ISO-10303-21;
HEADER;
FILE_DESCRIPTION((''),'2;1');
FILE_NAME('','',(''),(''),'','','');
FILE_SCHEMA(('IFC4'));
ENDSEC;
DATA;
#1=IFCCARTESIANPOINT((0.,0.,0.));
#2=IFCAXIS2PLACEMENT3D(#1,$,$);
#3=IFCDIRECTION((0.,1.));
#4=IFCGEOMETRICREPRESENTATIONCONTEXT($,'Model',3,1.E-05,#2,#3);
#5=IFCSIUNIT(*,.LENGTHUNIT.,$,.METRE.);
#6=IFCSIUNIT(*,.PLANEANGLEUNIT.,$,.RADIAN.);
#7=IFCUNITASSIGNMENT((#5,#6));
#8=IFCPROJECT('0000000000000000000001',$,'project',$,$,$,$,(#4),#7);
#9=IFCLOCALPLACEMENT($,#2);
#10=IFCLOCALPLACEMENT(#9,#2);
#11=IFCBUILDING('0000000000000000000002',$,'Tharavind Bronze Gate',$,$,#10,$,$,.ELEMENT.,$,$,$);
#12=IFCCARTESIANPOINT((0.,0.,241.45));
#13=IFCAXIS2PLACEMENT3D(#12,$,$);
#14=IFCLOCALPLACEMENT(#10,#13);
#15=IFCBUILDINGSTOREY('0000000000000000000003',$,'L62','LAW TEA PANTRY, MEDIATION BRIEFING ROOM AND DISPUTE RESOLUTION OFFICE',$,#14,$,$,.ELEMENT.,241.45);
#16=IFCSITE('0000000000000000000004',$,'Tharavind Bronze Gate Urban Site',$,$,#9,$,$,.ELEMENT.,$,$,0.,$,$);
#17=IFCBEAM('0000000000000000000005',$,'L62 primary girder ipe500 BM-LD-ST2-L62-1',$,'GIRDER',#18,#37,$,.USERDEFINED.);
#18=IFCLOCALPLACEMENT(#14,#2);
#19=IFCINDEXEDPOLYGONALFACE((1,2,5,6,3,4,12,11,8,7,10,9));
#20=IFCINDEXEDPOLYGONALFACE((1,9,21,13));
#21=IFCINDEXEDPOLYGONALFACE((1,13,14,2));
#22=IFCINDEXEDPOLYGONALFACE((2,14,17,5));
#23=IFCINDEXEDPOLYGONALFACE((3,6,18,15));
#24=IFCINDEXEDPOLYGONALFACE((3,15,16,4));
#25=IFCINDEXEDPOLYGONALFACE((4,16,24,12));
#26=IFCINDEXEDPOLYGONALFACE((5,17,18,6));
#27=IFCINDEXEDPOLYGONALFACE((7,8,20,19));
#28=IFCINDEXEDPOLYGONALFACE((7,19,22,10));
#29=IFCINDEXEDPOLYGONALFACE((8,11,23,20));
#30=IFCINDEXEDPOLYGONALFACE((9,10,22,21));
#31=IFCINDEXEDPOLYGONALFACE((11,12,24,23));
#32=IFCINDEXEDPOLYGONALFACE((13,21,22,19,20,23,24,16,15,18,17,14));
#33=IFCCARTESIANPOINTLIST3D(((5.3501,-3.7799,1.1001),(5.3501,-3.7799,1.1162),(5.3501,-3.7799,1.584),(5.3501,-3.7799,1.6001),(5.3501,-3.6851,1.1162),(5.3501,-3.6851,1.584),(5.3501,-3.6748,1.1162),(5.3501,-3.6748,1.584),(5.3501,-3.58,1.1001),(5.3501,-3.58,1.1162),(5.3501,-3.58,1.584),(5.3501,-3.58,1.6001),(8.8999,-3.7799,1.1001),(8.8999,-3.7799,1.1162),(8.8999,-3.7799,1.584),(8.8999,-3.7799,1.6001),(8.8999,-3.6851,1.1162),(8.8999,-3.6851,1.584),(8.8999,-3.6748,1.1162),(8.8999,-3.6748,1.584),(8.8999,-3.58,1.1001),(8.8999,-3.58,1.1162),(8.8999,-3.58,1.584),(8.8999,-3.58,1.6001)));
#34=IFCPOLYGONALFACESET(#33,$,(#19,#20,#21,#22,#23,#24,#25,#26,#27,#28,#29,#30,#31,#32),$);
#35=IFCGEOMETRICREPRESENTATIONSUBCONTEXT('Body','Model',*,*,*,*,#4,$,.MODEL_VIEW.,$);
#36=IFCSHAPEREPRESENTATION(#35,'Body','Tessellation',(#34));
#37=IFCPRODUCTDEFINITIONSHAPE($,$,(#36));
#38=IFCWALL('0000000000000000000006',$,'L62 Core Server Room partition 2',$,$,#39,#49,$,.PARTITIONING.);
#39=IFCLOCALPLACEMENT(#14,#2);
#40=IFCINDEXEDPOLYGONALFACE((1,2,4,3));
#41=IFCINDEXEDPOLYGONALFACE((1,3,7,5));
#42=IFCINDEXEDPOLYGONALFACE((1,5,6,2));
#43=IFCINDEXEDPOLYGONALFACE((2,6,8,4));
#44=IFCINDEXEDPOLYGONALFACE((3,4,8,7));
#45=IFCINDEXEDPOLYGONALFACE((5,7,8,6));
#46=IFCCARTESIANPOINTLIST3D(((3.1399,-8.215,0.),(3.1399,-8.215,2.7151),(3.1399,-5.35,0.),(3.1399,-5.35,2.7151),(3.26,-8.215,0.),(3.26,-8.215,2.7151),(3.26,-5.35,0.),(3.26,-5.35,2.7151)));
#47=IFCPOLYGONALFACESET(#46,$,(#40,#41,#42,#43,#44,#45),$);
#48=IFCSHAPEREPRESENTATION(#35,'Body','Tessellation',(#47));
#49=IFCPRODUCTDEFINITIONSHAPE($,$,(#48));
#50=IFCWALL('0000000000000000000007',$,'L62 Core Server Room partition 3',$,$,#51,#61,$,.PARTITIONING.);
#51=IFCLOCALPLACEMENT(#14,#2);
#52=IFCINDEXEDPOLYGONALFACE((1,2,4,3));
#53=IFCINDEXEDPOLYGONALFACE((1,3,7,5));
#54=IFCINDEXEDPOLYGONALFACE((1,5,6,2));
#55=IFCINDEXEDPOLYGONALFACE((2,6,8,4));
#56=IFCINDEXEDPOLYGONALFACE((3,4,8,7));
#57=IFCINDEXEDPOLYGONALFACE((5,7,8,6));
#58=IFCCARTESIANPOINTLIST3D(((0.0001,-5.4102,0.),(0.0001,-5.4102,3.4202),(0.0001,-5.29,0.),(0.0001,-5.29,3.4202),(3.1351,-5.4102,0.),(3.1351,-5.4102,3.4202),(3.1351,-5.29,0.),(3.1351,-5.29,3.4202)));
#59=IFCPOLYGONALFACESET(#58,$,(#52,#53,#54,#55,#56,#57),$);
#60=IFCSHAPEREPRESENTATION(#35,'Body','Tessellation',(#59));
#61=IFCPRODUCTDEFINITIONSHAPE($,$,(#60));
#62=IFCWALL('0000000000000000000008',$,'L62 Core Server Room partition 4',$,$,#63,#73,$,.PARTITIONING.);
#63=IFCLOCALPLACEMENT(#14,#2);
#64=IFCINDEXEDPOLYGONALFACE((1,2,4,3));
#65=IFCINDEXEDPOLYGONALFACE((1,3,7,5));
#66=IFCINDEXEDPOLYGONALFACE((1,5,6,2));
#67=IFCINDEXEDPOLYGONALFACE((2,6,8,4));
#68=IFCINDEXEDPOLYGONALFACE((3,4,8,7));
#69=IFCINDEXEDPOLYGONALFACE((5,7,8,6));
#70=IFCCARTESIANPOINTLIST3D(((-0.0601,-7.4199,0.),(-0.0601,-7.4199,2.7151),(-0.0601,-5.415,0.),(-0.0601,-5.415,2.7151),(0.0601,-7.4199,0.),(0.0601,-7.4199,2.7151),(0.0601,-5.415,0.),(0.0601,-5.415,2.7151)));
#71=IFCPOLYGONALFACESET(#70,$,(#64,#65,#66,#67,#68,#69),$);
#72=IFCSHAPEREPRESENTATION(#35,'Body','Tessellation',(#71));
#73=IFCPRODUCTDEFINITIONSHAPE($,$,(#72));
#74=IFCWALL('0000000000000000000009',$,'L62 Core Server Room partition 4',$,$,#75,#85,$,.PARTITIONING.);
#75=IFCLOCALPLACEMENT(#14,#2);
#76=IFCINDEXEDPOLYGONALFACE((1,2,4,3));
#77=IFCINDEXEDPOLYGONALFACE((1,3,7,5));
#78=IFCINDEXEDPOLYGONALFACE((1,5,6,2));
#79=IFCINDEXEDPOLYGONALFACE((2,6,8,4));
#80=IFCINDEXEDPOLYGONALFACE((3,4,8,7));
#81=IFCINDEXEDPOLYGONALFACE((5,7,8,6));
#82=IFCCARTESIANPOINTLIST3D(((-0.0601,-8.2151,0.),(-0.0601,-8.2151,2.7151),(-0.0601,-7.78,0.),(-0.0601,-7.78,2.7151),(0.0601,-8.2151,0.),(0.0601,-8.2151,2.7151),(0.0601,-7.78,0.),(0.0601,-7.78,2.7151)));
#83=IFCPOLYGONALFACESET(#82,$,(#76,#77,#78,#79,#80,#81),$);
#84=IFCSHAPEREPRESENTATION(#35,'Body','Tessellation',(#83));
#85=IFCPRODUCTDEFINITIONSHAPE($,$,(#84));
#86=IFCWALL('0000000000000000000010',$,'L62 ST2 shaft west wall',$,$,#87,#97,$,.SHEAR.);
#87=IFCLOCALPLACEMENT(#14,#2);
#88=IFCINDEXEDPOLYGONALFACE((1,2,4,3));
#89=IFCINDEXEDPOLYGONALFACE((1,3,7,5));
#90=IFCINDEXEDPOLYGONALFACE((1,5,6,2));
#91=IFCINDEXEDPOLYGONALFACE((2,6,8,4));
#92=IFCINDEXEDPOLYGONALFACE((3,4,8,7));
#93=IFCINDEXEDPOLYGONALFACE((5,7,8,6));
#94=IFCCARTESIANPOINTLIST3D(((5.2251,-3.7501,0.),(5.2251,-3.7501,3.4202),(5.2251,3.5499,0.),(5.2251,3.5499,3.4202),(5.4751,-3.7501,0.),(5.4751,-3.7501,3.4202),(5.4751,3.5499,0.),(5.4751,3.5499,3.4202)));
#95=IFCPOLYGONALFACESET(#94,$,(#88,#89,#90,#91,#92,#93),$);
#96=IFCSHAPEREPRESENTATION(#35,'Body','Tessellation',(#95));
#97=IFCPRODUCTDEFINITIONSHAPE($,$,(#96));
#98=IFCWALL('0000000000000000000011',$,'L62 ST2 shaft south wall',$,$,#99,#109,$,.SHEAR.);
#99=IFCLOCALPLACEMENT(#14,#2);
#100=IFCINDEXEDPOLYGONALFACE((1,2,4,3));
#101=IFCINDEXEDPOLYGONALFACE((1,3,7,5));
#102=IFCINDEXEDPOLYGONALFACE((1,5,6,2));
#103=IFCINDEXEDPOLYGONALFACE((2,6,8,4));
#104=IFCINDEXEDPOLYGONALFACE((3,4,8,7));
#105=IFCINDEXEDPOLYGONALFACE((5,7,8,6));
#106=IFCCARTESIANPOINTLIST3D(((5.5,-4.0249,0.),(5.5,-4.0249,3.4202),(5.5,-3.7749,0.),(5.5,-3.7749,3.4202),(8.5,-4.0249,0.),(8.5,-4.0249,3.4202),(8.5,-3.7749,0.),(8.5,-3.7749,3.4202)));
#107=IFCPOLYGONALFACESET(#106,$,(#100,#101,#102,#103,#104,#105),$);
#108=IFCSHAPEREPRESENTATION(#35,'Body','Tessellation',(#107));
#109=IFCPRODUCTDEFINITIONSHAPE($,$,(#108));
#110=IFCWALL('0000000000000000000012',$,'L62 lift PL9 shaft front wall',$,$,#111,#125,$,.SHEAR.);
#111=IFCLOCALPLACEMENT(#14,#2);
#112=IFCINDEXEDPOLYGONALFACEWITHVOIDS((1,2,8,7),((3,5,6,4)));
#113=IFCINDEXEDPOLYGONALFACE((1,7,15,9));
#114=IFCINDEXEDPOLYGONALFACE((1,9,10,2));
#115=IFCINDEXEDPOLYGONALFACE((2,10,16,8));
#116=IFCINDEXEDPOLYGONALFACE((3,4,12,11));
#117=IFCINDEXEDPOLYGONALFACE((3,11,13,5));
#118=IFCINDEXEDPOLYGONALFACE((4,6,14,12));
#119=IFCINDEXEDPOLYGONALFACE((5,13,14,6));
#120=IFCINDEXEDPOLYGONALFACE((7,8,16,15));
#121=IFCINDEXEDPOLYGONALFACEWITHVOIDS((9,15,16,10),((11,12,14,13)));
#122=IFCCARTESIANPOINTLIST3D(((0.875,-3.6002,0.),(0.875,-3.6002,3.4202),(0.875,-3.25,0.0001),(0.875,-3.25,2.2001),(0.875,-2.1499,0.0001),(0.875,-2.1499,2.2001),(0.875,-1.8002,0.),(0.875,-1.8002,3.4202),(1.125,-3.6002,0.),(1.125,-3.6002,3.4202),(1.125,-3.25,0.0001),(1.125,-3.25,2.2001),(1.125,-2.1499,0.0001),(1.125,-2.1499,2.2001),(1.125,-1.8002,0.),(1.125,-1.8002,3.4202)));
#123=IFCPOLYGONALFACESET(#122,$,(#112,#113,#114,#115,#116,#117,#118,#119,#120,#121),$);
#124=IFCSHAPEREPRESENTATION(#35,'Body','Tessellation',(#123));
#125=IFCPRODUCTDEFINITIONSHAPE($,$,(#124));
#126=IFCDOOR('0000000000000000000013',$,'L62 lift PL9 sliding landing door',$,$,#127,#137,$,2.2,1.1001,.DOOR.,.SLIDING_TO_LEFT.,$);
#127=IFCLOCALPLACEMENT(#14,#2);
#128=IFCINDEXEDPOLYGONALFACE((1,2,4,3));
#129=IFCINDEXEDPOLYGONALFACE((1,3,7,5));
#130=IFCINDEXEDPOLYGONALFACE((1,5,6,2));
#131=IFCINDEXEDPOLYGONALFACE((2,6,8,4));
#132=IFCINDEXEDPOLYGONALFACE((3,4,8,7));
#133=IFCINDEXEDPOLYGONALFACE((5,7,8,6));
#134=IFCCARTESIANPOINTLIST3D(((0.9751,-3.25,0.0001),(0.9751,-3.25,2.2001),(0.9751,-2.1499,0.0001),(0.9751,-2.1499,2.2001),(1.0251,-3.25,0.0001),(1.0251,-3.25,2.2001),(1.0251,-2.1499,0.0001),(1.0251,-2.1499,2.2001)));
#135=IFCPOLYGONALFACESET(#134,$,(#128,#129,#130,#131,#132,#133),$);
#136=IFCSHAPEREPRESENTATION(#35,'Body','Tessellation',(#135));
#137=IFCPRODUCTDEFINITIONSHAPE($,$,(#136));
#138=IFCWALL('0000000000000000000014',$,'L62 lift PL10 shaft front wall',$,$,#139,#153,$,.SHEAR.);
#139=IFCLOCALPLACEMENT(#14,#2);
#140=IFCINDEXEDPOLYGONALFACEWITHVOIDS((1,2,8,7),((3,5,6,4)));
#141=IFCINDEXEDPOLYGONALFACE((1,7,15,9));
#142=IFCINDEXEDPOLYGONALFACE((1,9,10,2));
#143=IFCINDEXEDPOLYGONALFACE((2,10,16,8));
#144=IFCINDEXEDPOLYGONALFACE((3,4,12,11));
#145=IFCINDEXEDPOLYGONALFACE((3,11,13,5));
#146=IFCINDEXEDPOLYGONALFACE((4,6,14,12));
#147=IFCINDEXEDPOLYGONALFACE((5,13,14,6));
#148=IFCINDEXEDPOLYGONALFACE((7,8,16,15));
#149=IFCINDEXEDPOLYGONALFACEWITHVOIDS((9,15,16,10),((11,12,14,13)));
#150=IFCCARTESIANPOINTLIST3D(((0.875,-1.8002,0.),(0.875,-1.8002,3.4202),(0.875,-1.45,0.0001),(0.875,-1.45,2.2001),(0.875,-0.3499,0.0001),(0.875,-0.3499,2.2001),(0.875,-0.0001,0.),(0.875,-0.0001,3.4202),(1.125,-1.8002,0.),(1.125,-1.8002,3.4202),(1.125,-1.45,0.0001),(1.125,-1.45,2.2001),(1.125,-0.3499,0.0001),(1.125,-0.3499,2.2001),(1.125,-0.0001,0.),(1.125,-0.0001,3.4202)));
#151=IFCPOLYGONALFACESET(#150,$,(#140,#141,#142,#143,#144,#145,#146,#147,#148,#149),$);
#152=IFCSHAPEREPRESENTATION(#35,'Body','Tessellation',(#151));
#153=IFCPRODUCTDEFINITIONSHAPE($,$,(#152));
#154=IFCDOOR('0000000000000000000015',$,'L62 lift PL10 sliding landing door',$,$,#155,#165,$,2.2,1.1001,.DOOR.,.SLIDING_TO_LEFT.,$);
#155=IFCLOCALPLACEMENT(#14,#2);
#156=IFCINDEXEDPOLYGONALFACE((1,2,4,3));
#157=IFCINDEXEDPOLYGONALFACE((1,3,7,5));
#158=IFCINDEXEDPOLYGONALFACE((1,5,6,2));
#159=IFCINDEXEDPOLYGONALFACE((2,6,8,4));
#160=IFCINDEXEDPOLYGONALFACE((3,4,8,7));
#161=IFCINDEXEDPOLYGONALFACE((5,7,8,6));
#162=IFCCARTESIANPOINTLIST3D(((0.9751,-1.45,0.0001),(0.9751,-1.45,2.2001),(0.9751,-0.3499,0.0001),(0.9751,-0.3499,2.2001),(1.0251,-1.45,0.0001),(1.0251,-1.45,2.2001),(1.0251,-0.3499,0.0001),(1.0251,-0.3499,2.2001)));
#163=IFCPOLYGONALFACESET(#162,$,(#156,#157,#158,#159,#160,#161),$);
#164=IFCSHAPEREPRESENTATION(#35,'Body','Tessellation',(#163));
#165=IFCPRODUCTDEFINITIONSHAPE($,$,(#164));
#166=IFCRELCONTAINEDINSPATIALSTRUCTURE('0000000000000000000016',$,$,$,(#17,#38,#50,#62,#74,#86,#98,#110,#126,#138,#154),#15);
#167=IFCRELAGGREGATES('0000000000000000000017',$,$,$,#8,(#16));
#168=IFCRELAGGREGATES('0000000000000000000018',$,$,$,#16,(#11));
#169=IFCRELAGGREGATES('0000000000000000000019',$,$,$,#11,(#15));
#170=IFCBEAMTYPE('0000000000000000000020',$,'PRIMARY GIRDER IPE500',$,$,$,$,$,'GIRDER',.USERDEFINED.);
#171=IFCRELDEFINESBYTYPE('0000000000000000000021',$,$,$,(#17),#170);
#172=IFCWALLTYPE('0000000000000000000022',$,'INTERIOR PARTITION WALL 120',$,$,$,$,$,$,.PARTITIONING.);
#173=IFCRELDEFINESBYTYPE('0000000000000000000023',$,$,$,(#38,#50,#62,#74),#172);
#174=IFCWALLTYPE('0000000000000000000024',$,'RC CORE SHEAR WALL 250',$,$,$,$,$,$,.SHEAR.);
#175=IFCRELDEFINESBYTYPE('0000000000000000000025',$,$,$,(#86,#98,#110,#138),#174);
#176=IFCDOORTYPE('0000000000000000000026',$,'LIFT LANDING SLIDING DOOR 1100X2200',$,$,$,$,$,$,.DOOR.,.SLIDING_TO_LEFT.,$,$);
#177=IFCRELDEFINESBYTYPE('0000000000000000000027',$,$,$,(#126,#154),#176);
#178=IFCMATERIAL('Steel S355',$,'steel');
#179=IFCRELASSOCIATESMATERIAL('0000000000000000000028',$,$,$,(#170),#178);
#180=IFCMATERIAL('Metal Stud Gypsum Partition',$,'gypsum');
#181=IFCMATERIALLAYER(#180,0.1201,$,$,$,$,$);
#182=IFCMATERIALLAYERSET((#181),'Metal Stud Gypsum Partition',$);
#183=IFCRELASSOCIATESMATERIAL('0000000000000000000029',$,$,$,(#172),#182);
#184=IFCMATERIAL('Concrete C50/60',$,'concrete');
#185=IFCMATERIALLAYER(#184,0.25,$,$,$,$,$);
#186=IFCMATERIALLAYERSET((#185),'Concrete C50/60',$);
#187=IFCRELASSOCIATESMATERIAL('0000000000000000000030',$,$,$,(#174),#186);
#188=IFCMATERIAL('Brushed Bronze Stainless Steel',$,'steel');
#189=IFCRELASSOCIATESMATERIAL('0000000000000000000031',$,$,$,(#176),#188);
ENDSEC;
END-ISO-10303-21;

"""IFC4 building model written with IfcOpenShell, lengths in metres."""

from ifc_helpers import new_model, si_unit, direction, frame, frame_2d, origin, origin_2d, place, context, subcontext, project, spatial, rectangle, i_section, extrude, material, layer, layer_set, material_profile, profile_set, type_object, element, fill, save


model = new_model("IFC4")

# Units and contexts
model_context = context("Model", 3, precision=1e-05, world=origin(), true_north=direction((0.0, 1.0)))
body_context = subcontext(model_context, "Body", "Model", "MODEL_VIEW")
ifc_project = project(units=[si_unit("LENGTHUNIT", "METRE"), si_unit("PLANEANGLEUNIT", "RADIAN")], contexts=[model_context])

# Site, building, storey
site_placement = place(None, origin())
site = spatial("IfcSite", under=ifc_project, at=site_placement, Name="Tharavind Bronze Gate Urban Site", CompositionType="ELEMENT", RefElevation=0.0)
building_placement = place(site_placement, origin())
building = spatial("IfcBuilding", under=site, at=building_placement, Name="Tharavind Bronze Gate", CompositionType="ELEMENT")
storey_placement = place(building_placement, frame((0.0, 0.0, 241.45)))
storey = spatial("IfcBuildingStorey", under=building, at=storey_placement, Name="L62", Description="LAW TEA PANTRY, MEDIATION BRIEFING ROOM AND DISPUTE RESOLUTION OFFICE", CompositionType="ELEMENT", Elevation=241.45)

# Beam
ifc_material_1 = material(Name="Steel S355", Category="steel")
ifc_material_profile = material_profile(ifc_material_1, i_section(OverallWidth=0.2, OverallDepth=0.5, WebThickness=0.0103, FlangeThickness=0.0161, at=origin_2d()), Name="IPE500")
ifc_profile_set = profile_set([ifc_material_profile], Name="Steel S355")
beam_type = type_object("IfcBeamType", Name="PRIMARY GIRDER IPE500", ElementType="GIRDER", PredefinedType="USERDEFINED", material=ifc_profile_set)
beam_placement = place(storey_placement, frame((5.3501, -3.6799, 1.3501), z_axis=(1.0, 0.0, 0.0), x_axis=(0.0, 1.0, 0.0)))
element("IfcBeam", 1, at=beam_placement, inside=storey, type_object=beam_type, Name="L62 primary girder ipe500 BM-LD-ST2-L62-1", ObjectType="GIRDER", PredefinedType="USERDEFINED", context=body_context, shape_type="SweptSolid", body=[
    extrude(i_section(OverallWidth=0.2, OverallDepth=0.5, WebThickness=0.0103, FlangeThickness=0.0161, at=origin_2d()), origin(), (0.0, 0.0, 1.0), 3.5498),
])

# Walls
ifc_material_2 = material(Name="Metal Stud Gypsum Partition", Category="gypsum")
ifc_layer_1 = layer(ifc_material_2, 0.1201)
ifc_layer_set_1 = layer_set([ifc_layer_1], Name="Metal Stud Gypsum Partition")
wall_type_1 = type_object("IfcWallType", Name="INTERIOR PARTITION WALL 120", PredefinedType="PARTITIONING", material=ifc_layer_set_1)
wall_1_placement = place(storey_placement, frame((3.2, -8.2151, 0.0), z_axis=(0.0, 0.0, 1.0), x_axis=(0.0, 1.0, 0.0)))
element("IfcWall", 2, at=wall_1_placement, inside=storey, type_object=wall_type_1, Name="L62 Core Server Room partition 2", PredefinedType="PARTITIONING", context=body_context, shape_type="SweptSolid", body=[
    extrude(rectangle(XDim=2.865, YDim=0.1201, at=frame_2d((1.4326, 0.0))), origin(), (0.0, 0.0, 1.0), 2.7151),
])
wall_2_placement = place(storey_placement, frame((3.135, -5.3501, 0.0), z_axis=(0.0, 0.0, 1.0), x_axis=(-1.0, 0.0, 0.0)))
element("IfcWall", 3, at=wall_2_placement, inside=storey, type_object=wall_type_1, Name="L62 Core Server Room partition 3", PredefinedType="PARTITIONING", context=body_context, shape_type="SweptSolid", body=[
    extrude(rectangle(XDim=3.135, YDim=0.1201, at=frame_2d((1.5674, 0.0))), origin(), (0.0, 0.0, 1.0), 3.4202),
])
wall_3_placement = place(storey_placement, frame((0.0, -5.415, 0.0), z_axis=(0.0, 0.0, 1.0), x_axis=(0.0, -1.0, 0.0)))
element("IfcWall", 4, at=wall_3_placement, inside=storey, type_object=wall_type_1, Name="L62 Core Server Room partition 4", PredefinedType="PARTITIONING", context=body_context, shape_type="SweptSolid", body=[
    extrude(rectangle(XDim=2.0049, YDim=0.1201, at=frame_2d((1.0024, 0.0))), origin(), (0.0, 0.0, 1.0), 2.7151),
])
wall_4_placement = place(storey_placement, frame((0.0, -7.78, 0.0), z_axis=(0.0, 0.0, 1.0), x_axis=(0.0, -1.0, 0.0)))
element("IfcWall", 5, at=wall_4_placement, inside=storey, type_object=wall_type_1, Name="L62 Core Server Room partition 4", PredefinedType="PARTITIONING", context=body_context, shape_type="SweptSolid", body=[
    extrude(rectangle(XDim=0.4351, YDim=0.1201, at=frame_2d((0.2175, 0.0))), origin(), (0.0, 0.0, 1.0), 2.7151),
])
ifc_material_3 = material(Name="Concrete C50/60", Category="concrete")
ifc_layer_2 = layer(ifc_material_3, 0.25)
ifc_layer_set_2 = layer_set([ifc_layer_2], Name="Concrete C50/60")
wall_type_2 = type_object("IfcWallType", Name="RC CORE SHEAR WALL 250", PredefinedType="SHEAR", material=ifc_layer_set_2)
wall_5_placement = place(storey_placement, frame((5.3501, -3.75, 0.0), z_axis=(0.0, 0.0, 1.0), x_axis=(0.0, 1.0, 0.0)))
element("IfcWall", 6, at=wall_5_placement, inside=storey, type_object=wall_type_2, Name="L62 ST2 shaft west wall", PredefinedType="SHEAR", context=body_context, shape_type="SweptSolid", body=[
    extrude(rectangle(XDim=7.3, YDim=0.25, at=frame_2d((3.6499, 0.0))), origin(), (0.0, 0.0, 1.0), 3.4202),
])
wall_6_placement = place(storey_placement, frame((5.5, -3.8999, 0.0), z_axis=(0.0, 0.0, 1.0), x_axis=(1.0, 0.0, 0.0)))
element("IfcWall", 7, at=wall_6_placement, inside=storey, type_object=wall_type_2, Name="L62 ST2 shaft south wall", PredefinedType="SHEAR", context=body_context, shape_type="SweptSolid", body=[
    extrude(rectangle(XDim=3.0, YDim=0.25, at=frame_2d((1.5, 0.0))), origin(), (0.0, 0.0, 1.0), 3.4202),
])

# Walls, openings, doors
wall_7_placement = place(storey_placement, frame((1.0, -3.6001, 0.0), z_axis=(0.0, 0.0, 1.0), x_axis=(0.0, 1.0, 0.0)))
wall_7 = element("IfcWall", 8, at=wall_7_placement, inside=storey, type_object=wall_type_2, Name="L62 lift PL9 shaft front wall", PredefinedType="SHEAR", context=body_context, shape_type="SweptSolid", body=[
    extrude(rectangle(XDim=1.8, YDim=0.25, at=frame_2d((0.8999, 0.0))), origin(), (0.0, 0.0, 1.0), 3.4202),
])
opening_1_placement = place(wall_7_placement, frame((0.3501, 0.0, 0.0)))
opening_1 = element("IfcOpeningElement", 9, at=opening_1_placement, cuts=wall_7, PredefinedType="OPENING", context=body_context, shape_type="SweptSolid", body=[
    extrude(rectangle(XDim=1.1001, YDim=2.2, at=frame_2d((0.55, 1.1001))), frame((0.0, 0.135, 0.0), z_axis=(0.0, -1.0, 0.0), x_axis=(1.0, 0.0, 0.0)), (0.0, 0.0, 1.0), 0.27),
])
ifc_material_4 = material(Name="Brushed Bronze Stainless Steel", Category="steel")
door_type = type_object("IfcDoorType", Name="LIFT LANDING SLIDING DOOR 1100X2200", OperationType="SLIDING_TO_LEFT", PredefinedType="DOOR", material=ifc_material_4)
door_1_placement = place(opening_1_placement, origin())
door_1 = element("IfcDoor", 10, at=door_1_placement, inside=storey, type_object=door_type, Name="L62 lift PL9 sliding landing door", OperationType="SLIDING_TO_LEFT", OverallHeight=2.2, OverallWidth=1.1001, PredefinedType="DOOR", context=body_context, shape_type="SweptSolid", body=[
    extrude(rectangle(XDim=1.1001, YDim=2.2, at=frame_2d((0.55, 1.1001))), frame((0.0, 0.0249, 0.0), z_axis=(0.0, -1.0, 0.0), x_axis=(1.0, 0.0, 0.0)), (0.0, 0.0, 1.0), 0.05),
])
fill(opening_1, door_1)
wall_8_placement = place(storey_placement, frame((1.0, -1.8, 0.0), z_axis=(0.0, 0.0, 1.0), x_axis=(0.0, 1.0, 0.0)))
wall_8 = element("IfcWall", 11, at=wall_8_placement, inside=storey, type_object=wall_type_2, Name="L62 lift PL10 shaft front wall", PredefinedType="SHEAR", context=body_context, shape_type="SweptSolid", body=[
    extrude(rectangle(XDim=1.8, YDim=0.25, at=frame_2d((0.8999, 0.0))), origin(), (0.0, 0.0, 1.0), 3.4202),
])
opening_2_placement = place(wall_8_placement, frame((0.3501, 0.0, 0.0)))
opening_2 = element("IfcOpeningElement", 12, at=opening_2_placement, cuts=wall_8, PredefinedType="OPENING", context=body_context, shape_type="SweptSolid", body=[
    extrude(rectangle(XDim=1.1001, YDim=2.2, at=frame_2d((0.55, 1.1001))), frame((0.0, 0.135, 0.0), z_axis=(0.0, -1.0, 0.0), x_axis=(1.0, 0.0, 0.0)), (0.0, 0.0, 1.0), 0.27),
])
door_2_placement = place(opening_2_placement, origin())
door_2 = element("IfcDoor", 13, at=door_2_placement, inside=storey, type_object=door_type, Name="L62 lift PL10 sliding landing door", OperationType="SLIDING_TO_LEFT", OverallHeight=2.2, OverallWidth=1.1001, PredefinedType="DOOR", context=body_context, shape_type="SweptSolid", body=[
    extrude(rectangle(XDim=1.1001, YDim=2.2, at=frame_2d((0.55, 1.1001))), frame((0.0, 0.0249, 0.0), z_axis=(0.0, -1.0, 0.0), x_axis=(1.0, 0.0, 0.0)), (0.0, 0.0, 1.0), 0.05),
])
fill(opening_2, door_2)

save(model, "model.ifc")
